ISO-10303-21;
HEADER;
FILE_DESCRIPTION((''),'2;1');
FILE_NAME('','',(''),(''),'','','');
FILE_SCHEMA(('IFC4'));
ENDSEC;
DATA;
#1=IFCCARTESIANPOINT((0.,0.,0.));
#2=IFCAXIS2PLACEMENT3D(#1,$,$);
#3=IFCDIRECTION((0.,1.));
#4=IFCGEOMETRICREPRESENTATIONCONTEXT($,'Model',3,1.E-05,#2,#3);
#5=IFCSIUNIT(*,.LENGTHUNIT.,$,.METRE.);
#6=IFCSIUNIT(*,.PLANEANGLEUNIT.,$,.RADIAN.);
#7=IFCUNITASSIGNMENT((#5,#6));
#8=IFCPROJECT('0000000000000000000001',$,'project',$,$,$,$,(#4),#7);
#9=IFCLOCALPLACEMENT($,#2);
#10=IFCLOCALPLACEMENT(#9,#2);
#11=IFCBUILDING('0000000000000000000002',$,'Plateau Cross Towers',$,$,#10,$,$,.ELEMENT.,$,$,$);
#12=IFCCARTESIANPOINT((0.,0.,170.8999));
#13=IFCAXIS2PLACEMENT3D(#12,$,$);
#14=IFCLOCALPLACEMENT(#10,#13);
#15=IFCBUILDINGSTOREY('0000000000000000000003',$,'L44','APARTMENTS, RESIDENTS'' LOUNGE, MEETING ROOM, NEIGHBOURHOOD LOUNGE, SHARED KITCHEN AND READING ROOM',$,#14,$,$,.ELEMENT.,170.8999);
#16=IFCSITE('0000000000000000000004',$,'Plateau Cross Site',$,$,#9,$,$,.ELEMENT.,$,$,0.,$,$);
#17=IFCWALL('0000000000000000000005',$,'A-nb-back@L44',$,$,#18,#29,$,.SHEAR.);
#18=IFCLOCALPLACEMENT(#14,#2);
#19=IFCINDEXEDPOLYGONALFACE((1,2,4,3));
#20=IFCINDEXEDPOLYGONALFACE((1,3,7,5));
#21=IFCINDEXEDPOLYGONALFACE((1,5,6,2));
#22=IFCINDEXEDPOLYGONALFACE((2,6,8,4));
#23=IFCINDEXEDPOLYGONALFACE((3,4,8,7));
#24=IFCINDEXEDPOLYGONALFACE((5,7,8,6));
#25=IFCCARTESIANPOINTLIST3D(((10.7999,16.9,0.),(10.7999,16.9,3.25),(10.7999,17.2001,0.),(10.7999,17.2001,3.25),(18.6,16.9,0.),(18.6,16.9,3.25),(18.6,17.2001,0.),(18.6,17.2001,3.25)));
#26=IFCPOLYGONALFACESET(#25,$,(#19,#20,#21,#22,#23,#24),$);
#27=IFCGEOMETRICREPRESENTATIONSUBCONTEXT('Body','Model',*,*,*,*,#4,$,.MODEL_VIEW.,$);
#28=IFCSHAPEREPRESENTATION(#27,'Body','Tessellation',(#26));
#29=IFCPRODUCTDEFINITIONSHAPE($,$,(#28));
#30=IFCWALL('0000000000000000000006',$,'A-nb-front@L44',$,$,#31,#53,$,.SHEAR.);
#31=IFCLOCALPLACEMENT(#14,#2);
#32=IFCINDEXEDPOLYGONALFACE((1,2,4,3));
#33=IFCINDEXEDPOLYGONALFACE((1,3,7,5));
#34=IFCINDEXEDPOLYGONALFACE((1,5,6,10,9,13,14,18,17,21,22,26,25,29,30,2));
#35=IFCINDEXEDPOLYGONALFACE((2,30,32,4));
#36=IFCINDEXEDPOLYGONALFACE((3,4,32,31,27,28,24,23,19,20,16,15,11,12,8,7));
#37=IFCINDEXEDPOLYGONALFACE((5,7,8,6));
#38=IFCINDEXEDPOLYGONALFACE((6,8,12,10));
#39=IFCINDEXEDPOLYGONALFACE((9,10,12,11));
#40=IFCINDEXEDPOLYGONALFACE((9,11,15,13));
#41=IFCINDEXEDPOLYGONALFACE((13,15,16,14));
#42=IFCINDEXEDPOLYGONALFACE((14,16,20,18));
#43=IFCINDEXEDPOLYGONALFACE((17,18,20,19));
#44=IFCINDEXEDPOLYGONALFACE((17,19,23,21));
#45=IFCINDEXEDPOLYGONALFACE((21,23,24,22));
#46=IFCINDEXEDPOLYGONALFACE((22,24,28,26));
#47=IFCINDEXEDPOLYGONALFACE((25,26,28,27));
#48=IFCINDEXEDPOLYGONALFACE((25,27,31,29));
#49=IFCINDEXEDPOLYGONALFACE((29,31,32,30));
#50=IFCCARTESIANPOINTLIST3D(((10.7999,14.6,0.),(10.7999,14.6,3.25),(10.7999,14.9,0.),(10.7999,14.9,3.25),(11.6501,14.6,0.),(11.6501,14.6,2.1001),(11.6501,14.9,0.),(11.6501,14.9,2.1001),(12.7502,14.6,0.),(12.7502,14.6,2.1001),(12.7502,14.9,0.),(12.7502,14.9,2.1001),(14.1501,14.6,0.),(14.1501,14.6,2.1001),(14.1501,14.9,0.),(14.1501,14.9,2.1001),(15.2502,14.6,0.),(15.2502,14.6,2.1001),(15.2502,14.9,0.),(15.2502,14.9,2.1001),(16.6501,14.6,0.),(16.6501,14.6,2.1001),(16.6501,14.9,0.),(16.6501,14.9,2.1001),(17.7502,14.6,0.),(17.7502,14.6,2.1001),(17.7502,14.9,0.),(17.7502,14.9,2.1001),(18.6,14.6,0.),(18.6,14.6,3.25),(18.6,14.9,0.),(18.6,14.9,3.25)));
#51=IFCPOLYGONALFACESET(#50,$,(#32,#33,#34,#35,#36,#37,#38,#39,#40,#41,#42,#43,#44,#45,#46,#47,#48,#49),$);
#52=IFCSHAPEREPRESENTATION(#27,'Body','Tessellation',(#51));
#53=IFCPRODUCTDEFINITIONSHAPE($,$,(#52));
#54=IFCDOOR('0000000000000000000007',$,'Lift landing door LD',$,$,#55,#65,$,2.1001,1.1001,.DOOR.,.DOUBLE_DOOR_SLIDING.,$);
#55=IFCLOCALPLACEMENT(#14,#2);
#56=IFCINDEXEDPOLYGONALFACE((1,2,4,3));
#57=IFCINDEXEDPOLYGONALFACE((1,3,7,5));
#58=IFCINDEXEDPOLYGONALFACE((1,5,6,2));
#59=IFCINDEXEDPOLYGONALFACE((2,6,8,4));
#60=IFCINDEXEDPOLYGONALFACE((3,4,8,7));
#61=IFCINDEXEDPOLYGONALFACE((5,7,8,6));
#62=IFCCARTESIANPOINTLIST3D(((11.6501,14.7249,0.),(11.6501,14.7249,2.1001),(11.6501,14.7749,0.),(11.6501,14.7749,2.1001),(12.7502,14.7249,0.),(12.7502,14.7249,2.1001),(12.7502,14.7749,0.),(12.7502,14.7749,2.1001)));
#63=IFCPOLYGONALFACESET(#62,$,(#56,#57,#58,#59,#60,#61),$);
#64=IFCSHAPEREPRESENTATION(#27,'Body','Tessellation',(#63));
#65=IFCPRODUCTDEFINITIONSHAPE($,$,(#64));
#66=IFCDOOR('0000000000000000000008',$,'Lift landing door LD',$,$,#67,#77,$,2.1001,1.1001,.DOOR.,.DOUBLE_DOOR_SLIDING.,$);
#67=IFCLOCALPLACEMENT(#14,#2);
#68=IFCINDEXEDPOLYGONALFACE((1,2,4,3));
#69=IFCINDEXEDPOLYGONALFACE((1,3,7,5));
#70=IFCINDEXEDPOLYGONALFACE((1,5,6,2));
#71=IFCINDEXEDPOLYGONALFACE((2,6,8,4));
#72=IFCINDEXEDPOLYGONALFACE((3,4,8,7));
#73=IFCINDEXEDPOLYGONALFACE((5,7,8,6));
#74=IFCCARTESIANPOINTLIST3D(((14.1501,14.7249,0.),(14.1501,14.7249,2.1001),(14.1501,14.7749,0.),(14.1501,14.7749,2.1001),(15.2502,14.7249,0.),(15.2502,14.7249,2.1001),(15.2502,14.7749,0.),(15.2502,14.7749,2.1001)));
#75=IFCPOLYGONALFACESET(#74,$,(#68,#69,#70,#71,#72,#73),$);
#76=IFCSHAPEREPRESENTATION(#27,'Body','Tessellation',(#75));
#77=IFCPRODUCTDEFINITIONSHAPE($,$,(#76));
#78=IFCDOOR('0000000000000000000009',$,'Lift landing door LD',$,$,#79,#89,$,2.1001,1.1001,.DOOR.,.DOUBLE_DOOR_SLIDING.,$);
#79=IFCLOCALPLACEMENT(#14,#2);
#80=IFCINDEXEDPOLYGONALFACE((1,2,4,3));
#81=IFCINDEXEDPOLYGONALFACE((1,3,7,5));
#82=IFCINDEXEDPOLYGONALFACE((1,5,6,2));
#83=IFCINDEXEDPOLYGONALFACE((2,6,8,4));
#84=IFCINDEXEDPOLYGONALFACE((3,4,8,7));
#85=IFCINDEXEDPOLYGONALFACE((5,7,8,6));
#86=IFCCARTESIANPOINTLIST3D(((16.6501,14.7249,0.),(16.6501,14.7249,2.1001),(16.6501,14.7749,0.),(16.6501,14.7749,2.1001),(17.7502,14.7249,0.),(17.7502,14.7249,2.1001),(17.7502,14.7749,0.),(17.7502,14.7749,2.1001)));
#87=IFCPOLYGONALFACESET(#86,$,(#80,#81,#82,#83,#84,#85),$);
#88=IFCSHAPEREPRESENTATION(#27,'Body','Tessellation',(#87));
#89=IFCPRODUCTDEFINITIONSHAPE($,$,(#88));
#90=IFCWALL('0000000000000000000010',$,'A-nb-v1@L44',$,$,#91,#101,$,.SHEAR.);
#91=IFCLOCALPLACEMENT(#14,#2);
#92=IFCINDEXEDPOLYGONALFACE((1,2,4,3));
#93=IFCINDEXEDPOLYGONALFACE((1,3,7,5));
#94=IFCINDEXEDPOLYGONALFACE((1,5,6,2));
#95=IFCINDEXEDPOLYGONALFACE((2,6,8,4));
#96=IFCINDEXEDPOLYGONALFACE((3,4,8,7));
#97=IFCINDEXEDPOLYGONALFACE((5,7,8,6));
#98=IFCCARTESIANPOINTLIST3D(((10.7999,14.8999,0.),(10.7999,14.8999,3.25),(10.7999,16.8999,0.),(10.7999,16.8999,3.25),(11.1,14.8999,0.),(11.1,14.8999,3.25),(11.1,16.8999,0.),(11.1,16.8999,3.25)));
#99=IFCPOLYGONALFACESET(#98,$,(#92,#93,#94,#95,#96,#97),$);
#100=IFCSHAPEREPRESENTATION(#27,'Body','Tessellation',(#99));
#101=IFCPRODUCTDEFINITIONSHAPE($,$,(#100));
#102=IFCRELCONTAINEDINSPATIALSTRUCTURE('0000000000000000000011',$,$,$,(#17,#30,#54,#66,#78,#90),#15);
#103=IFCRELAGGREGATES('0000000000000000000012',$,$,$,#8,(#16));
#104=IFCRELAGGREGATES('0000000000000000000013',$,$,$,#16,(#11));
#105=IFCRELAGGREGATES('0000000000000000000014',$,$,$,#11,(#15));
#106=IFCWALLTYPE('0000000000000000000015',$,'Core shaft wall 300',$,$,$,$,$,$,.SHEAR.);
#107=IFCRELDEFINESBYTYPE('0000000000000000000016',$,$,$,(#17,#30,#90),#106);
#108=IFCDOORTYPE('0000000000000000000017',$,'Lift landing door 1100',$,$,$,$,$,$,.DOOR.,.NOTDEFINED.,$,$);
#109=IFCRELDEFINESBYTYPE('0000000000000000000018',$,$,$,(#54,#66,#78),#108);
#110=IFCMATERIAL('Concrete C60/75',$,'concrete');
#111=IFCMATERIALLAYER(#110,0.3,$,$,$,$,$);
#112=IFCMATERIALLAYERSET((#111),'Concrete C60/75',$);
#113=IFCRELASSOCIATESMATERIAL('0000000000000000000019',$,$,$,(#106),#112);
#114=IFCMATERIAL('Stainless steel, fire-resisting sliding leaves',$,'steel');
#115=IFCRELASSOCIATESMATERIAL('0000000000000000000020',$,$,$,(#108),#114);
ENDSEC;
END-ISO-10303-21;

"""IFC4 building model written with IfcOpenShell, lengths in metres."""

from ifc_helpers import new_model, si_unit, direction, frame, frame_2d, origin, place, context, subcontext, project, spatial, rectangle, extrude, material, layer, layer_set, type_object, element, fill, save


model = new_model("IFC4")

# Units and contexts
model_context = context("Model", 3, precision=1e-05, world=origin(), true_north=direction((0.0, 1.0)))
body_context = subcontext(model_context, "Body", "Model", "MODEL_VIEW")
ifc_project = project(units=[si_unit("LENGTHUNIT", "METRE"), si_unit("PLANEANGLEUNIT", "RADIAN")], contexts=[model_context])

# Site, building, storey
site_placement = place(None, origin())
site = spatial("IfcSite", under=ifc_project, at=site_placement, Name="Plateau Cross Site", CompositionType="ELEMENT", RefElevation=0.0)
building_placement = place(site_placement, origin())
building = spatial("IfcBuilding", under=site, at=building_placement, Name="Plateau Cross Towers", CompositionType="ELEMENT")
storey_placement = place(building_placement, frame((0.0, 0.0, 170.8999)))
storey = spatial("IfcBuildingStorey", under=building, at=storey_placement, Name="L44", Description="APARTMENTS, RESIDENTS' LOUNGE, MEETING ROOM, NEIGHBOURHOOD LOUNGE, SHARED KITCHEN AND READING ROOM", CompositionType="ELEMENT", Elevation=170.8999)

# Wall
ifc_material_1 = material(Name="Concrete C60/75", Category="concrete")
ifc_layer_1 = layer(ifc_material_1, 0.3)
ifc_layer_set_1 = layer_set([ifc_layer_1], Name="Concrete C60/75")
wall_type_1 = type_object("IfcWallType", Name="Core shaft wall 300", PredefinedType="SHEAR", material=ifc_layer_set_1)
wall_1_placement = place(storey_placement, frame((10.8, 17.05, 0.0), z_axis=(0.0, 0.0, 1.0), x_axis=(1.0, 0.0, 0.0)))
element("IfcWall", 1, at=wall_1_placement, inside=storey, type_object=wall_type_1, Name="A-nb-back@L44", PredefinedType="SHEAR", context=body_context, shape_type="SweptSolid", body=[
    extrude(rectangle(XDim=7.8, YDim=0.3, at=frame_2d((3.8999, 0.0))), origin(), (0.0, 0.0, 1.0), 3.25),
])

# Wall, openings, doors
wall_2_placement = place(storey_placement, frame((10.8, 14.75, 0.0), z_axis=(0.0, 0.0, 1.0), x_axis=(1.0, 0.0, 0.0)))
wall_2 = element("IfcWall", 2, at=wall_2_placement, inside=storey, type_object=wall_type_1, Name="A-nb-front@L44", PredefinedType="SHEAR", context=body_context, shape_type="SweptSolid", body=[
    extrude(rectangle(XDim=7.8, YDim=0.3, at=frame_2d((3.8999, 0.0))), origin(), (0.0, 0.0, 1.0), 3.25),
])
opening_1_placement = place(wall_2_placement, frame((0.8501, 0.0, 0.0)))
opening_1 = element("IfcOpeningElement", 3, at=opening_1_placement, cuts=wall_2, PredefinedType="OPENING", context=body_context, shape_type="SweptSolid", body=[
    extrude(rectangle(XDim=1.1001, YDim=2.1001, at=frame_2d((0.55, 1.05))), frame((0.0, 0.1599, 0.0), z_axis=(0.0, -1.0, 0.0), x_axis=(1.0, 0.0, 0.0)), (0.0, 0.0, 1.0), 0.3201),
])
opening_2_placement = place(wall_2_placement, frame((3.3501, 0.0, 0.0)))
opening_2 = element("IfcOpeningElement", 4, at=opening_2_placement, cuts=wall_2, PredefinedType="OPENING", context=body_context, shape_type="SweptSolid", body=[
    extrude(rectangle(XDim=1.1001, YDim=2.1001, at=frame_2d((0.55, 1.05))), frame((0.0, 0.1599, 0.0), z_axis=(0.0, -1.0, 0.0), x_axis=(1.0, 0.0, 0.0)), (0.0, 0.0, 1.0), 0.3201),
])
opening_3_placement = place(wall_2_placement, frame((5.8501, 0.0, 0.0)))
opening_3 = element("IfcOpeningElement", 5, at=opening_3_placement, cuts=wall_2, PredefinedType="OPENING", context=body_context, shape_type="SweptSolid", body=[
    extrude(rectangle(XDim=1.1001, YDim=2.1001, at=frame_2d((0.55, 1.05))), frame((0.0, 0.1599, 0.0), z_axis=(0.0, -1.0, 0.0), x_axis=(1.0, 0.0, 0.0)), (0.0, 0.0, 1.0), 0.3201),
])
ifc_material_2 = material(Name="Stainless steel, fire-resisting sliding leaves", Category="steel")
door_type_1 = type_object("IfcDoorType", Name="Lift landing door 1100", OperationType="NOTDEFINED", PredefinedType="DOOR", material=ifc_material_2)
door_1_placement = place(opening_1_placement, origin())
door_1 = element("IfcDoor", 6, at=door_1_placement, inside=storey, type_object=door_type_1, Name="Lift landing door LD", OperationType="DOUBLE_DOOR_SLIDING", OverallHeight=2.1001, OverallWidth=1.1001, PredefinedType="DOOR", context=body_context, shape_type="SweptSolid", body=[
    extrude(rectangle(XDim=1.1001, YDim=2.1001, at=frame_2d((0.55, 1.05))), frame((0.0, 0.0249, 0.0), z_axis=(0.0, -1.0, 0.0), x_axis=(1.0, 0.0, 0.0)), (0.0, 0.0, 1.0), 0.05),
])
fill(opening_1, door_1)
door_2_placement = place(opening_2_placement, origin())
door_2 = element("IfcDoor", 7, at=door_2_placement, inside=storey, type_object=door_type_1, Name="Lift landing door LD", OperationType="DOUBLE_DOOR_SLIDING", OverallHeight=2.1001, OverallWidth=1.1001, PredefinedType="DOOR", context=body_context, shape_type="SweptSolid", body=[
    extrude(rectangle(XDim=1.1001, YDim=2.1001, at=frame_2d((0.55, 1.05))), frame((0.0, 0.0249, 0.0), z_axis=(0.0, -1.0, 0.0), x_axis=(1.0, 0.0, 0.0)), (0.0, 0.0, 1.0), 0.05),
])
fill(opening_2, door_2)
door_3_placement = place(opening_3_placement, origin())
door_3 = element("IfcDoor", 8, at=door_3_placement, inside=storey, type_object=door_type_1, Name="Lift landing door LD", OperationType="DOUBLE_DOOR_SLIDING", OverallHeight=2.1001, OverallWidth=1.1001, PredefinedType="DOOR", context=body_context, shape_type="SweptSolid", body=[
    extrude(rectangle(XDim=1.1001, YDim=2.1001, at=frame_2d((0.55, 1.05))), frame((0.0, 0.0249, 0.0), z_axis=(0.0, -1.0, 0.0), x_axis=(1.0, 0.0, 0.0)), (0.0, 0.0, 1.0), 0.05),
])
fill(opening_3, door_3)

# Wall
wall_3_placement = place(storey_placement, frame((10.95, 14.8999, 0.0), z_axis=(0.0, 0.0, 1.0), x_axis=(0.0, 1.0, 0.0)))
element("IfcWall", 9, at=wall_3_placement, inside=storey, type_object=wall_type_1, Name="A-nb-v1@L44", PredefinedType="SHEAR", context=body_context, shape_type="SweptSolid", body=[
    extrude(rectangle(XDim=2.0, YDim=0.3, at=frame_2d((1.0, 0.0))), origin(), (0.0, 0.0, 1.0), 3.25),
])

save(model, "model.ifc")
